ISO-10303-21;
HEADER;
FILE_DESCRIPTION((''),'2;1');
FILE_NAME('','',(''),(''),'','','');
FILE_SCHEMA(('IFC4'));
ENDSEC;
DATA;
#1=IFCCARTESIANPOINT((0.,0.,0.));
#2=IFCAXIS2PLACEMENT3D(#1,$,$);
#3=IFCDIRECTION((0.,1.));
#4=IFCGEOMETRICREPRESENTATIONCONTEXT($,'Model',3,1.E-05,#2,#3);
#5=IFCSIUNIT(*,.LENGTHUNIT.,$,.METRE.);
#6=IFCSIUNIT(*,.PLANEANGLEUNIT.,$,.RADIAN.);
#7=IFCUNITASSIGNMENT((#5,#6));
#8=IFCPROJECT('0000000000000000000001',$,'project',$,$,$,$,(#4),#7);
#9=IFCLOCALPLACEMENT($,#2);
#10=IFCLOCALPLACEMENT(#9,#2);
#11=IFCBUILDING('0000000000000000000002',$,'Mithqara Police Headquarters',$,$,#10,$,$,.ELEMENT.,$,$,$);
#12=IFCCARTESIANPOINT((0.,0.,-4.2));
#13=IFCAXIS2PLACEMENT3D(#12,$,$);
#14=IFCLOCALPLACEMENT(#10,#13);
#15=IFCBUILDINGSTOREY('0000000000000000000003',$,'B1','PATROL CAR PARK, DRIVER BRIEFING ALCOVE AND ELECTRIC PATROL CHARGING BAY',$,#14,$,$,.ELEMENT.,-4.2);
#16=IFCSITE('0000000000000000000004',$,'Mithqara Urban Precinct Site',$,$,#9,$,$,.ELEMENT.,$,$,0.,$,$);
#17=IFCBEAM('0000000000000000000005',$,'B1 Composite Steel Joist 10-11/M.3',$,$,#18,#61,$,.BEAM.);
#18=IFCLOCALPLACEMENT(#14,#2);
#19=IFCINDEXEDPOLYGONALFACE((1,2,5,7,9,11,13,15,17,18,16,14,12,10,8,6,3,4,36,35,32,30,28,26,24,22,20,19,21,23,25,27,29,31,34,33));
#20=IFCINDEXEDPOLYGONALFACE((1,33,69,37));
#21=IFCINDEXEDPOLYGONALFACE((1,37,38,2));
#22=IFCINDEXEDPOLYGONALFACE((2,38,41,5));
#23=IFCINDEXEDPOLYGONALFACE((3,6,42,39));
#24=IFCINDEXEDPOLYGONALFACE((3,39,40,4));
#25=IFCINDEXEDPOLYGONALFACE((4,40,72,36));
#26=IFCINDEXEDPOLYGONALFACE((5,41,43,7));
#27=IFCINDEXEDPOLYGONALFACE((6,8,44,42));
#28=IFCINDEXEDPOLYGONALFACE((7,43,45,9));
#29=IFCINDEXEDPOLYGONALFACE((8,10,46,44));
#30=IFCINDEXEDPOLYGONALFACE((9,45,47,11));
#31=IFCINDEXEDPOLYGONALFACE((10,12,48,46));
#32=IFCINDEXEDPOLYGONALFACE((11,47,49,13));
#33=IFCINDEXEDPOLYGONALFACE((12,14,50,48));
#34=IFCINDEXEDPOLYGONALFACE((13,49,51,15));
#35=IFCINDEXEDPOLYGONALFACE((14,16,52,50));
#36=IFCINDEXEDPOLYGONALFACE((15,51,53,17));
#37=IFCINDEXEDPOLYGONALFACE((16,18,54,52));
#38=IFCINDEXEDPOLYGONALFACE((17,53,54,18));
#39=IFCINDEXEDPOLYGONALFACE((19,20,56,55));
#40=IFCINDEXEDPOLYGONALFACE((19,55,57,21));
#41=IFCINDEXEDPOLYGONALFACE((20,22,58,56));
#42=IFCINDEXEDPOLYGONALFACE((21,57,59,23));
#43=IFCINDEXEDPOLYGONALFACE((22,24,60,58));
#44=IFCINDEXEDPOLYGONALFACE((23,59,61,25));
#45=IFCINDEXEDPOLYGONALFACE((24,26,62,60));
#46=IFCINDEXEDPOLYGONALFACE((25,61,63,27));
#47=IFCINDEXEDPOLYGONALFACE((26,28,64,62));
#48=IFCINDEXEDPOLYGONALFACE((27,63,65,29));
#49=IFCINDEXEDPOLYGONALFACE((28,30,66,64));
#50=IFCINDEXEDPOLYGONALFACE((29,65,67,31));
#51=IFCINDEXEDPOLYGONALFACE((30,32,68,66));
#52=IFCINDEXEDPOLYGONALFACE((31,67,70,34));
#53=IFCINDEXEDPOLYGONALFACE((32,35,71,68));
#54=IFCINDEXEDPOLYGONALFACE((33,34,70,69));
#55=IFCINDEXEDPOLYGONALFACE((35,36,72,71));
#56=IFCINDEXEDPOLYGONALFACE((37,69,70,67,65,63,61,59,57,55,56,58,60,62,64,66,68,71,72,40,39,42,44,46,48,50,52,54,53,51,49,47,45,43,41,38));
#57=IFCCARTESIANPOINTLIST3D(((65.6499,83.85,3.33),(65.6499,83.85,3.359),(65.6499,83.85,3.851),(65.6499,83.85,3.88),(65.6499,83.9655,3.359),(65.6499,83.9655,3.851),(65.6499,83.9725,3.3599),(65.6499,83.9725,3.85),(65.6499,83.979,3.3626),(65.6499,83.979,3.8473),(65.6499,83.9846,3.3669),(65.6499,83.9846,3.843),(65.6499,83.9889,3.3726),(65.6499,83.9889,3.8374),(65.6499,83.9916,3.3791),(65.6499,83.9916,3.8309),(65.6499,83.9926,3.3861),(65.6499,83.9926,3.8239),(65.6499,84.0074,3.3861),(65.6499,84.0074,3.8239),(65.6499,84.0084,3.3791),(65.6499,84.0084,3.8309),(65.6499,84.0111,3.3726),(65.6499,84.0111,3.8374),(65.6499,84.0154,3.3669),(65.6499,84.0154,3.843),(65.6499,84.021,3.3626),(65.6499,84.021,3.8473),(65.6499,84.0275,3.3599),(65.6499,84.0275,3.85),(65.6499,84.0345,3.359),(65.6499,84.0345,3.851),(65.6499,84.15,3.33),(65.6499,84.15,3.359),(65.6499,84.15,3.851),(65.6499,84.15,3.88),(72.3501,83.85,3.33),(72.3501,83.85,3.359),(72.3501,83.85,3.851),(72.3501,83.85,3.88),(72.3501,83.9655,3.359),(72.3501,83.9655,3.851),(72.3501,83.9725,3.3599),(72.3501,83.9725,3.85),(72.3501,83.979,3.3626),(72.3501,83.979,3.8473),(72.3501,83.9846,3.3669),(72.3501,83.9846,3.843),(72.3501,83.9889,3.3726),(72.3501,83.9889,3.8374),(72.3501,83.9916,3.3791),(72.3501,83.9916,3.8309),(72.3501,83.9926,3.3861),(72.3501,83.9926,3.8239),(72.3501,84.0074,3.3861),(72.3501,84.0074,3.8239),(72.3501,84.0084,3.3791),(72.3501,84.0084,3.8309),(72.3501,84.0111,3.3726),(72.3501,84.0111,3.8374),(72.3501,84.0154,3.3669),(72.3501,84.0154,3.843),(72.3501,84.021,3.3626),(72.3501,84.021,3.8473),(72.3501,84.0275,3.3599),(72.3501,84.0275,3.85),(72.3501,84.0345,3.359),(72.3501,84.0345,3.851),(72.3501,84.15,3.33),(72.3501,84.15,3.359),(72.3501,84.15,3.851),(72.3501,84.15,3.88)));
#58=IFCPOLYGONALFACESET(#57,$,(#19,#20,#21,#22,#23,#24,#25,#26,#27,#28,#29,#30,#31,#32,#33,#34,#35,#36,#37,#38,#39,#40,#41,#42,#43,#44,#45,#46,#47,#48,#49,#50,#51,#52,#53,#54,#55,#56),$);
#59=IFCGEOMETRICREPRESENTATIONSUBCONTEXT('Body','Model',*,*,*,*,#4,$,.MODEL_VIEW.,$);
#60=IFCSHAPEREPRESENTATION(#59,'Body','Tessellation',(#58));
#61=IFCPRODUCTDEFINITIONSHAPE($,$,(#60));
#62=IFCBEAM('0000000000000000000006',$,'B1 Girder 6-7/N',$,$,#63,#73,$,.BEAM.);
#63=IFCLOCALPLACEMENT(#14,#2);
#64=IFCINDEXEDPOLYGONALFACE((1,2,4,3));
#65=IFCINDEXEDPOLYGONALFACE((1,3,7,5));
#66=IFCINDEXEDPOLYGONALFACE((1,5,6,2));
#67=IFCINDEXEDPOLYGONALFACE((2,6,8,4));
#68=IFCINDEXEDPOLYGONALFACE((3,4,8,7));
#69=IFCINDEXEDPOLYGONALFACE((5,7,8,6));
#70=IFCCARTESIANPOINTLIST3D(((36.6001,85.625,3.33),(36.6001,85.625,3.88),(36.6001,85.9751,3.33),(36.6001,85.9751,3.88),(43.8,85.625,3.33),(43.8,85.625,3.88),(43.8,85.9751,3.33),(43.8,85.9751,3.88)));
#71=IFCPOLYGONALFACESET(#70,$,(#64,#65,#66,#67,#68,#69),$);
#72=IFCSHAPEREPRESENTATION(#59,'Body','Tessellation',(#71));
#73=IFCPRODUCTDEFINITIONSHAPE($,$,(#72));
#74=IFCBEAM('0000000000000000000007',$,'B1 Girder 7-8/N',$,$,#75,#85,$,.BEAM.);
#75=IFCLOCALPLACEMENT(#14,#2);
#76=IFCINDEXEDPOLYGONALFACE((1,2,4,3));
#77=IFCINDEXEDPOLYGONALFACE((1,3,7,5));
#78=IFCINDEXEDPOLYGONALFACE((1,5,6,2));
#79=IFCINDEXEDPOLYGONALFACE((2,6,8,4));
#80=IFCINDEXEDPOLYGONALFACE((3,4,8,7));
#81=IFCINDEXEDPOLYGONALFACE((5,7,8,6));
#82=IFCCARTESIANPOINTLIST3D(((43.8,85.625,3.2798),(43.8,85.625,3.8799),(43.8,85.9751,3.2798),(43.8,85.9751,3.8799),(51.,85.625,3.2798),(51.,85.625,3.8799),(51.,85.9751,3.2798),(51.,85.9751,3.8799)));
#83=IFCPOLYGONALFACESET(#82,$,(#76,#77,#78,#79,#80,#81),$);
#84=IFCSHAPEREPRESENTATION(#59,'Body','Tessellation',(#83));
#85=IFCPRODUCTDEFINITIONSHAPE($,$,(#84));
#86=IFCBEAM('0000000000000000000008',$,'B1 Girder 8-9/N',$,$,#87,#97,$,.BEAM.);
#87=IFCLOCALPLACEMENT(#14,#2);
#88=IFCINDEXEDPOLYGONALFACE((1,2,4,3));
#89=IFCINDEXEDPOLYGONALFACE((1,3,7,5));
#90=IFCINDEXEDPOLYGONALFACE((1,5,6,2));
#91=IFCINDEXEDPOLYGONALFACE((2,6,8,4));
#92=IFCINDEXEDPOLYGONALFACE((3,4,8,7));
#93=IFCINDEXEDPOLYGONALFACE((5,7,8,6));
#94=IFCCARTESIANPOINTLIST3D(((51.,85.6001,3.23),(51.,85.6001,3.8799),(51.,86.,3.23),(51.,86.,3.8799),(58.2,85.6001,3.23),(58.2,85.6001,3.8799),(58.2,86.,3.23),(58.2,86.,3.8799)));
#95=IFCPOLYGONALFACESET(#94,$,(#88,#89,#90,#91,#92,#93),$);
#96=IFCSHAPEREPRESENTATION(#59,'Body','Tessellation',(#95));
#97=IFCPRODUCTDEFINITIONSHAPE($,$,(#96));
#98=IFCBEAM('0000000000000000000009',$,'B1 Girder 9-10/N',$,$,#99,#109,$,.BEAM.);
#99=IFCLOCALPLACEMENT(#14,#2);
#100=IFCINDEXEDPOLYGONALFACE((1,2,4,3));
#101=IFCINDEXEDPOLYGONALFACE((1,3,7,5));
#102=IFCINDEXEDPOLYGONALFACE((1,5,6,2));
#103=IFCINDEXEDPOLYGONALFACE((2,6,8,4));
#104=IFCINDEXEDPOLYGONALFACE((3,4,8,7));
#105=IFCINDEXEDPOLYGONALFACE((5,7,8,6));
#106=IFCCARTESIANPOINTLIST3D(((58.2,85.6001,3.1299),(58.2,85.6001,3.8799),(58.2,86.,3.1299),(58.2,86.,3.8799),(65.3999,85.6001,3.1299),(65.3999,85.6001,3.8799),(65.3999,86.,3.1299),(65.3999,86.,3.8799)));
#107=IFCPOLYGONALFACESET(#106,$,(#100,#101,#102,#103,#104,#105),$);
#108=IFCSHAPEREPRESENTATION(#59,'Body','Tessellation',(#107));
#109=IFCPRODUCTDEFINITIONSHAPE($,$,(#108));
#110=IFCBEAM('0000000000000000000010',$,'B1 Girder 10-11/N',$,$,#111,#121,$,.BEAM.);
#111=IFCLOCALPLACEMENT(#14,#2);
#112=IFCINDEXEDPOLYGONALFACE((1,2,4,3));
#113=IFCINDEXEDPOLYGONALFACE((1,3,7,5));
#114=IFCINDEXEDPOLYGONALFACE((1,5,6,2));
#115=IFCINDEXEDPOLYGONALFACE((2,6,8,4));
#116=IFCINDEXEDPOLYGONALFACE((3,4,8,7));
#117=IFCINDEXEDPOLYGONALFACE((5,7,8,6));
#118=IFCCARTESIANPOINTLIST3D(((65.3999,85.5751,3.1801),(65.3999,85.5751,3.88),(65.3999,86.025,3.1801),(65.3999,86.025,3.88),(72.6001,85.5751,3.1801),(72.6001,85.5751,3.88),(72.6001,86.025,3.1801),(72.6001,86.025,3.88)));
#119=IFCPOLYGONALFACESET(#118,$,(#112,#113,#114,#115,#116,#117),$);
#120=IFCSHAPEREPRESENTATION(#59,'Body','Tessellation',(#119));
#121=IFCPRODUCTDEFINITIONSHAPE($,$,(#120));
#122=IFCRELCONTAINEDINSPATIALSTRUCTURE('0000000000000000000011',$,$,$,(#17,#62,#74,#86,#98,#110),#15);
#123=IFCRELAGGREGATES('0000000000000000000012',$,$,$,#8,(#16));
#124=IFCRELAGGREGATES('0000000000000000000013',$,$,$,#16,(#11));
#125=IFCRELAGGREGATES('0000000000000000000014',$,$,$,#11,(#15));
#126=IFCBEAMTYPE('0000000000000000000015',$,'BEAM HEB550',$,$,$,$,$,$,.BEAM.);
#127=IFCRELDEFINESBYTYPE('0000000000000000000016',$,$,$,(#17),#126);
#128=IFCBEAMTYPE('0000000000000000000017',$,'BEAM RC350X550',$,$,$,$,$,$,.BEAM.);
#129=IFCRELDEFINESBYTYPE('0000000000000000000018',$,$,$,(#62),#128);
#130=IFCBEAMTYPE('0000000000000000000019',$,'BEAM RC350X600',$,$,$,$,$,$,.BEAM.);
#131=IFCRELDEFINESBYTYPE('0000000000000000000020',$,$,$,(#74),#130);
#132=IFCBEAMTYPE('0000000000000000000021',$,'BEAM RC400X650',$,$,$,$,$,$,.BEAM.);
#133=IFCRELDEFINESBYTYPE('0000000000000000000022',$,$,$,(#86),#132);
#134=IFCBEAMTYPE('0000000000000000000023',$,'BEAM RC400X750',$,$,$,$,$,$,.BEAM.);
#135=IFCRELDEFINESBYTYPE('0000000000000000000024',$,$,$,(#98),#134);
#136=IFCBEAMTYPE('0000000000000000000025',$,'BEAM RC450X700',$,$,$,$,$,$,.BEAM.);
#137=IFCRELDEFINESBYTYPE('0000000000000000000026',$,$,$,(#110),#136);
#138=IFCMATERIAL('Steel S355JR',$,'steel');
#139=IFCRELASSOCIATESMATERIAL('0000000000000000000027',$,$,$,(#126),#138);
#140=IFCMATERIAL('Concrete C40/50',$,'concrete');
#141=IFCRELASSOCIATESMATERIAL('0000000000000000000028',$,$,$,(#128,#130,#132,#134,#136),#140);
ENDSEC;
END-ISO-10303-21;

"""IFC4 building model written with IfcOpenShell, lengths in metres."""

from ifc_helpers import new_model, si_unit, direction, frame, origin, origin_2d, place, context, subcontext, project, spatial, rectangle, i_section, extrude, material, material_profile, profile_set, type_object, element, save


model = new_model("IFC4")

# Units and contexts
model_context = context("Model", 3, precision=1e-05, world=origin(), true_north=direction((0.0, 1.0)))
body_context = subcontext(model_context, "Body", "Model", "MODEL_VIEW")
ifc_project = project(units=[si_unit("LENGTHUNIT", "METRE"), si_unit("PLANEANGLEUNIT", "RADIAN")], contexts=[model_context])

# Site, building, storey
site_placement = place(None, origin())
site = spatial("IfcSite", under=ifc_project, at=site_placement, Name="Mithqara Urban Precinct Site", CompositionType="ELEMENT", RefElevation=0.0)
building_placement = place(site_placement, origin())
building = spatial("IfcBuilding", under=site, at=building_placement, Name="Mithqara Police Headquarters", CompositionType="ELEMENT")
storey_placement = place(building_placement, frame((0.0, 0.0, -4.2)))
storey = spatial("IfcBuildingStorey", under=building, at=storey_placement, Name="B1", Description="PATROL CAR PARK, DRIVER BRIEFING ALCOVE AND ELECTRIC PATROL CHARGING BAY", CompositionType="ELEMENT", Elevation=-4.2)

# Beams
ifc_material_1 = material(Name="Steel S355JR", Category="steel")
ifc_material_profile_1 = material_profile(ifc_material_1, i_section(OverallWidth=0.3, OverallDepth=0.55, WebThickness=0.0149, FlangeThickness=0.0291, FilletRadius=0.0271, at=origin_2d()), Name="HEB 550")
ifc_profile_set_1 = profile_set([ifc_material_profile_1], Name="Steel S355JR")
beam_type_1 = type_object("IfcBeamType", Name="BEAM HEB550", PredefinedType="BEAM", material=ifc_profile_set_1)
for number, where, z_axis, x_axis, name in (
    (1, (65.6499, 84.0, 3.605), (1.0, 0.0, 0.0), (0.0, 1.0, 0.0), "B1 Composite Steel Joist 10-11/M.3"),
):
    element("IfcBeam", number, at=place(storey_placement, frame(where, z_axis=z_axis, x_axis=x_axis)), inside=storey, type_object=beam_type_1, Name=name, PredefinedType="BEAM", context=body_context, shape_type="SweptSolid", body=[
        extrude(i_section(OverallWidth=0.3, OverallDepth=0.55, WebThickness=0.0149, FlangeThickness=0.0291, FilletRadius=0.0271, at=origin_2d()), origin(), (0.0, 0.0, 1.0), 6.7002),
    ])
ifc_material_2 = material(Name="Concrete C40/50", Category="concrete")
ifc_material_profile_2 = material_profile(ifc_material_2, rectangle(XDim=0.3501, YDim=0.55, at=origin_2d()), Name="RC 350x550")
ifc_profile_set_2 = profile_set([ifc_material_profile_2], Name="Concrete C40/50")
beam_type_2 = type_object("IfcBeamType", Name="BEAM RC350X550", PredefinedType="BEAM", material=ifc_profile_set_2)
beam_1_placement = place(storey_placement, frame((36.6001, 85.8, 3.605), z_axis=(1.0, 0.0, 0.0), x_axis=(0.0, 1.0, 0.0)))
element("IfcBeam", 2, at=beam_1_placement, inside=storey, type_object=beam_type_2, Name="B1 Girder 6-7/N", PredefinedType="BEAM", context=body_context, shape_type="SweptSolid", body=[
    extrude(rectangle(XDim=0.3501, YDim=0.55, at=origin_2d()), origin(), (0.0, 0.0, 1.0), 7.2),
])
ifc_material_profile_3 = material_profile(ifc_material_2, rectangle(XDim=0.3501, YDim=0.6001, at=origin_2d()), Name="RC 350x600")
ifc_profile_set_3 = profile_set([ifc_material_profile_3], Name="Concrete C40/50")
beam_type_3 = type_object("IfcBeamType", Name="BEAM RC350X600", PredefinedType="BEAM", material=ifc_profile_set_3)
beam_2_placement = place(storey_placement, frame((43.8, 85.8, 3.5798), z_axis=(1.0, 0.0, 0.0), x_axis=(0.0, 1.0, 0.0)))
element("IfcBeam", 3, at=beam_2_placement, inside=storey, type_object=beam_type_3, Name="B1 Girder 7-8/N", PredefinedType="BEAM", context=body_context, shape_type="SweptSolid", body=[
    extrude(rectangle(XDim=0.3501, YDim=0.6001, at=origin_2d()), origin(), (0.0, 0.0, 1.0), 7.2),
])
ifc_material_profile_4 = material_profile(ifc_material_2, rectangle(XDim=0.3999, YDim=0.6499, at=origin_2d()), Name="RC 400x650")
ifc_profile_set_4 = profile_set([ifc_material_profile_4], Name="Concrete C40/50")
beam_type_4 = type_object("IfcBeamType", Name="BEAM RC400X650", PredefinedType="BEAM", material=ifc_profile_set_4)
beam_3_placement = place(storey_placement, frame((51.0, 85.8, 3.5549), z_axis=(1.0, 0.0, 0.0), x_axis=(0.0, 1.0, 0.0)))
element("IfcBeam", 4, at=beam_3_placement, inside=storey, type_object=beam_type_4, Name="B1 Girder 8-9/N", PredefinedType="BEAM", context=body_context, shape_type="SweptSolid", body=[
    extrude(rectangle(XDim=0.3999, YDim=0.6499, at=origin_2d()), origin(), (0.0, 0.0, 1.0), 7.2),
])
ifc_material_profile_5 = material_profile(ifc_material_2, rectangle(XDim=0.3999, YDim=0.75, at=origin_2d()), Name="RC 400x750")
ifc_profile_set_5 = profile_set([ifc_material_profile_5], Name="Concrete C40/50")
beam_type_5 = type_object("IfcBeamType", Name="BEAM RC400X750", PredefinedType="BEAM", material=ifc_profile_set_5)
beam_4_placement = place(storey_placement, frame((58.2, 85.8, 3.5049), z_axis=(1.0, 0.0, 0.0), x_axis=(0.0, 1.0, 0.0)))
element("IfcBeam", 5, at=beam_4_placement, inside=storey, type_object=beam_type_5, Name="B1 Girder 9-10/N", PredefinedType="BEAM", context=body_context, shape_type="SweptSolid", body=[
    extrude(rectangle(XDim=0.3999, YDim=0.75, at=origin_2d()), origin(), (0.0, 0.0, 1.0), 7.2),
])
ifc_material_profile_6 = material_profile(ifc_material_2, rectangle(XDim=0.45, YDim=0.7, at=origin_2d()), Name="RC 450x700")
ifc_profile_set_6 = profile_set([ifc_material_profile_6], Name="Concrete C40/50")
beam_type_6 = type_object("IfcBeamType", Name="BEAM RC450X700", PredefinedType="BEAM", material=ifc_profile_set_6)
beam_5_placement = place(storey_placement, frame((65.3999, 85.8, 3.53), z_axis=(1.0, 0.0, 0.0), x_axis=(0.0, 1.0, 0.0)))
element("IfcBeam", 6, at=beam_5_placement, inside=storey, type_object=beam_type_6, Name="B1 Girder 10-11/N", PredefinedType="BEAM", context=body_context, shape_type="SweptSolid", body=[
    extrude(rectangle(XDim=0.45, YDim=0.7, at=origin_2d()), origin(), (0.0, 0.0, 1.0), 7.2002),
])

save(model, "model.ifc")
